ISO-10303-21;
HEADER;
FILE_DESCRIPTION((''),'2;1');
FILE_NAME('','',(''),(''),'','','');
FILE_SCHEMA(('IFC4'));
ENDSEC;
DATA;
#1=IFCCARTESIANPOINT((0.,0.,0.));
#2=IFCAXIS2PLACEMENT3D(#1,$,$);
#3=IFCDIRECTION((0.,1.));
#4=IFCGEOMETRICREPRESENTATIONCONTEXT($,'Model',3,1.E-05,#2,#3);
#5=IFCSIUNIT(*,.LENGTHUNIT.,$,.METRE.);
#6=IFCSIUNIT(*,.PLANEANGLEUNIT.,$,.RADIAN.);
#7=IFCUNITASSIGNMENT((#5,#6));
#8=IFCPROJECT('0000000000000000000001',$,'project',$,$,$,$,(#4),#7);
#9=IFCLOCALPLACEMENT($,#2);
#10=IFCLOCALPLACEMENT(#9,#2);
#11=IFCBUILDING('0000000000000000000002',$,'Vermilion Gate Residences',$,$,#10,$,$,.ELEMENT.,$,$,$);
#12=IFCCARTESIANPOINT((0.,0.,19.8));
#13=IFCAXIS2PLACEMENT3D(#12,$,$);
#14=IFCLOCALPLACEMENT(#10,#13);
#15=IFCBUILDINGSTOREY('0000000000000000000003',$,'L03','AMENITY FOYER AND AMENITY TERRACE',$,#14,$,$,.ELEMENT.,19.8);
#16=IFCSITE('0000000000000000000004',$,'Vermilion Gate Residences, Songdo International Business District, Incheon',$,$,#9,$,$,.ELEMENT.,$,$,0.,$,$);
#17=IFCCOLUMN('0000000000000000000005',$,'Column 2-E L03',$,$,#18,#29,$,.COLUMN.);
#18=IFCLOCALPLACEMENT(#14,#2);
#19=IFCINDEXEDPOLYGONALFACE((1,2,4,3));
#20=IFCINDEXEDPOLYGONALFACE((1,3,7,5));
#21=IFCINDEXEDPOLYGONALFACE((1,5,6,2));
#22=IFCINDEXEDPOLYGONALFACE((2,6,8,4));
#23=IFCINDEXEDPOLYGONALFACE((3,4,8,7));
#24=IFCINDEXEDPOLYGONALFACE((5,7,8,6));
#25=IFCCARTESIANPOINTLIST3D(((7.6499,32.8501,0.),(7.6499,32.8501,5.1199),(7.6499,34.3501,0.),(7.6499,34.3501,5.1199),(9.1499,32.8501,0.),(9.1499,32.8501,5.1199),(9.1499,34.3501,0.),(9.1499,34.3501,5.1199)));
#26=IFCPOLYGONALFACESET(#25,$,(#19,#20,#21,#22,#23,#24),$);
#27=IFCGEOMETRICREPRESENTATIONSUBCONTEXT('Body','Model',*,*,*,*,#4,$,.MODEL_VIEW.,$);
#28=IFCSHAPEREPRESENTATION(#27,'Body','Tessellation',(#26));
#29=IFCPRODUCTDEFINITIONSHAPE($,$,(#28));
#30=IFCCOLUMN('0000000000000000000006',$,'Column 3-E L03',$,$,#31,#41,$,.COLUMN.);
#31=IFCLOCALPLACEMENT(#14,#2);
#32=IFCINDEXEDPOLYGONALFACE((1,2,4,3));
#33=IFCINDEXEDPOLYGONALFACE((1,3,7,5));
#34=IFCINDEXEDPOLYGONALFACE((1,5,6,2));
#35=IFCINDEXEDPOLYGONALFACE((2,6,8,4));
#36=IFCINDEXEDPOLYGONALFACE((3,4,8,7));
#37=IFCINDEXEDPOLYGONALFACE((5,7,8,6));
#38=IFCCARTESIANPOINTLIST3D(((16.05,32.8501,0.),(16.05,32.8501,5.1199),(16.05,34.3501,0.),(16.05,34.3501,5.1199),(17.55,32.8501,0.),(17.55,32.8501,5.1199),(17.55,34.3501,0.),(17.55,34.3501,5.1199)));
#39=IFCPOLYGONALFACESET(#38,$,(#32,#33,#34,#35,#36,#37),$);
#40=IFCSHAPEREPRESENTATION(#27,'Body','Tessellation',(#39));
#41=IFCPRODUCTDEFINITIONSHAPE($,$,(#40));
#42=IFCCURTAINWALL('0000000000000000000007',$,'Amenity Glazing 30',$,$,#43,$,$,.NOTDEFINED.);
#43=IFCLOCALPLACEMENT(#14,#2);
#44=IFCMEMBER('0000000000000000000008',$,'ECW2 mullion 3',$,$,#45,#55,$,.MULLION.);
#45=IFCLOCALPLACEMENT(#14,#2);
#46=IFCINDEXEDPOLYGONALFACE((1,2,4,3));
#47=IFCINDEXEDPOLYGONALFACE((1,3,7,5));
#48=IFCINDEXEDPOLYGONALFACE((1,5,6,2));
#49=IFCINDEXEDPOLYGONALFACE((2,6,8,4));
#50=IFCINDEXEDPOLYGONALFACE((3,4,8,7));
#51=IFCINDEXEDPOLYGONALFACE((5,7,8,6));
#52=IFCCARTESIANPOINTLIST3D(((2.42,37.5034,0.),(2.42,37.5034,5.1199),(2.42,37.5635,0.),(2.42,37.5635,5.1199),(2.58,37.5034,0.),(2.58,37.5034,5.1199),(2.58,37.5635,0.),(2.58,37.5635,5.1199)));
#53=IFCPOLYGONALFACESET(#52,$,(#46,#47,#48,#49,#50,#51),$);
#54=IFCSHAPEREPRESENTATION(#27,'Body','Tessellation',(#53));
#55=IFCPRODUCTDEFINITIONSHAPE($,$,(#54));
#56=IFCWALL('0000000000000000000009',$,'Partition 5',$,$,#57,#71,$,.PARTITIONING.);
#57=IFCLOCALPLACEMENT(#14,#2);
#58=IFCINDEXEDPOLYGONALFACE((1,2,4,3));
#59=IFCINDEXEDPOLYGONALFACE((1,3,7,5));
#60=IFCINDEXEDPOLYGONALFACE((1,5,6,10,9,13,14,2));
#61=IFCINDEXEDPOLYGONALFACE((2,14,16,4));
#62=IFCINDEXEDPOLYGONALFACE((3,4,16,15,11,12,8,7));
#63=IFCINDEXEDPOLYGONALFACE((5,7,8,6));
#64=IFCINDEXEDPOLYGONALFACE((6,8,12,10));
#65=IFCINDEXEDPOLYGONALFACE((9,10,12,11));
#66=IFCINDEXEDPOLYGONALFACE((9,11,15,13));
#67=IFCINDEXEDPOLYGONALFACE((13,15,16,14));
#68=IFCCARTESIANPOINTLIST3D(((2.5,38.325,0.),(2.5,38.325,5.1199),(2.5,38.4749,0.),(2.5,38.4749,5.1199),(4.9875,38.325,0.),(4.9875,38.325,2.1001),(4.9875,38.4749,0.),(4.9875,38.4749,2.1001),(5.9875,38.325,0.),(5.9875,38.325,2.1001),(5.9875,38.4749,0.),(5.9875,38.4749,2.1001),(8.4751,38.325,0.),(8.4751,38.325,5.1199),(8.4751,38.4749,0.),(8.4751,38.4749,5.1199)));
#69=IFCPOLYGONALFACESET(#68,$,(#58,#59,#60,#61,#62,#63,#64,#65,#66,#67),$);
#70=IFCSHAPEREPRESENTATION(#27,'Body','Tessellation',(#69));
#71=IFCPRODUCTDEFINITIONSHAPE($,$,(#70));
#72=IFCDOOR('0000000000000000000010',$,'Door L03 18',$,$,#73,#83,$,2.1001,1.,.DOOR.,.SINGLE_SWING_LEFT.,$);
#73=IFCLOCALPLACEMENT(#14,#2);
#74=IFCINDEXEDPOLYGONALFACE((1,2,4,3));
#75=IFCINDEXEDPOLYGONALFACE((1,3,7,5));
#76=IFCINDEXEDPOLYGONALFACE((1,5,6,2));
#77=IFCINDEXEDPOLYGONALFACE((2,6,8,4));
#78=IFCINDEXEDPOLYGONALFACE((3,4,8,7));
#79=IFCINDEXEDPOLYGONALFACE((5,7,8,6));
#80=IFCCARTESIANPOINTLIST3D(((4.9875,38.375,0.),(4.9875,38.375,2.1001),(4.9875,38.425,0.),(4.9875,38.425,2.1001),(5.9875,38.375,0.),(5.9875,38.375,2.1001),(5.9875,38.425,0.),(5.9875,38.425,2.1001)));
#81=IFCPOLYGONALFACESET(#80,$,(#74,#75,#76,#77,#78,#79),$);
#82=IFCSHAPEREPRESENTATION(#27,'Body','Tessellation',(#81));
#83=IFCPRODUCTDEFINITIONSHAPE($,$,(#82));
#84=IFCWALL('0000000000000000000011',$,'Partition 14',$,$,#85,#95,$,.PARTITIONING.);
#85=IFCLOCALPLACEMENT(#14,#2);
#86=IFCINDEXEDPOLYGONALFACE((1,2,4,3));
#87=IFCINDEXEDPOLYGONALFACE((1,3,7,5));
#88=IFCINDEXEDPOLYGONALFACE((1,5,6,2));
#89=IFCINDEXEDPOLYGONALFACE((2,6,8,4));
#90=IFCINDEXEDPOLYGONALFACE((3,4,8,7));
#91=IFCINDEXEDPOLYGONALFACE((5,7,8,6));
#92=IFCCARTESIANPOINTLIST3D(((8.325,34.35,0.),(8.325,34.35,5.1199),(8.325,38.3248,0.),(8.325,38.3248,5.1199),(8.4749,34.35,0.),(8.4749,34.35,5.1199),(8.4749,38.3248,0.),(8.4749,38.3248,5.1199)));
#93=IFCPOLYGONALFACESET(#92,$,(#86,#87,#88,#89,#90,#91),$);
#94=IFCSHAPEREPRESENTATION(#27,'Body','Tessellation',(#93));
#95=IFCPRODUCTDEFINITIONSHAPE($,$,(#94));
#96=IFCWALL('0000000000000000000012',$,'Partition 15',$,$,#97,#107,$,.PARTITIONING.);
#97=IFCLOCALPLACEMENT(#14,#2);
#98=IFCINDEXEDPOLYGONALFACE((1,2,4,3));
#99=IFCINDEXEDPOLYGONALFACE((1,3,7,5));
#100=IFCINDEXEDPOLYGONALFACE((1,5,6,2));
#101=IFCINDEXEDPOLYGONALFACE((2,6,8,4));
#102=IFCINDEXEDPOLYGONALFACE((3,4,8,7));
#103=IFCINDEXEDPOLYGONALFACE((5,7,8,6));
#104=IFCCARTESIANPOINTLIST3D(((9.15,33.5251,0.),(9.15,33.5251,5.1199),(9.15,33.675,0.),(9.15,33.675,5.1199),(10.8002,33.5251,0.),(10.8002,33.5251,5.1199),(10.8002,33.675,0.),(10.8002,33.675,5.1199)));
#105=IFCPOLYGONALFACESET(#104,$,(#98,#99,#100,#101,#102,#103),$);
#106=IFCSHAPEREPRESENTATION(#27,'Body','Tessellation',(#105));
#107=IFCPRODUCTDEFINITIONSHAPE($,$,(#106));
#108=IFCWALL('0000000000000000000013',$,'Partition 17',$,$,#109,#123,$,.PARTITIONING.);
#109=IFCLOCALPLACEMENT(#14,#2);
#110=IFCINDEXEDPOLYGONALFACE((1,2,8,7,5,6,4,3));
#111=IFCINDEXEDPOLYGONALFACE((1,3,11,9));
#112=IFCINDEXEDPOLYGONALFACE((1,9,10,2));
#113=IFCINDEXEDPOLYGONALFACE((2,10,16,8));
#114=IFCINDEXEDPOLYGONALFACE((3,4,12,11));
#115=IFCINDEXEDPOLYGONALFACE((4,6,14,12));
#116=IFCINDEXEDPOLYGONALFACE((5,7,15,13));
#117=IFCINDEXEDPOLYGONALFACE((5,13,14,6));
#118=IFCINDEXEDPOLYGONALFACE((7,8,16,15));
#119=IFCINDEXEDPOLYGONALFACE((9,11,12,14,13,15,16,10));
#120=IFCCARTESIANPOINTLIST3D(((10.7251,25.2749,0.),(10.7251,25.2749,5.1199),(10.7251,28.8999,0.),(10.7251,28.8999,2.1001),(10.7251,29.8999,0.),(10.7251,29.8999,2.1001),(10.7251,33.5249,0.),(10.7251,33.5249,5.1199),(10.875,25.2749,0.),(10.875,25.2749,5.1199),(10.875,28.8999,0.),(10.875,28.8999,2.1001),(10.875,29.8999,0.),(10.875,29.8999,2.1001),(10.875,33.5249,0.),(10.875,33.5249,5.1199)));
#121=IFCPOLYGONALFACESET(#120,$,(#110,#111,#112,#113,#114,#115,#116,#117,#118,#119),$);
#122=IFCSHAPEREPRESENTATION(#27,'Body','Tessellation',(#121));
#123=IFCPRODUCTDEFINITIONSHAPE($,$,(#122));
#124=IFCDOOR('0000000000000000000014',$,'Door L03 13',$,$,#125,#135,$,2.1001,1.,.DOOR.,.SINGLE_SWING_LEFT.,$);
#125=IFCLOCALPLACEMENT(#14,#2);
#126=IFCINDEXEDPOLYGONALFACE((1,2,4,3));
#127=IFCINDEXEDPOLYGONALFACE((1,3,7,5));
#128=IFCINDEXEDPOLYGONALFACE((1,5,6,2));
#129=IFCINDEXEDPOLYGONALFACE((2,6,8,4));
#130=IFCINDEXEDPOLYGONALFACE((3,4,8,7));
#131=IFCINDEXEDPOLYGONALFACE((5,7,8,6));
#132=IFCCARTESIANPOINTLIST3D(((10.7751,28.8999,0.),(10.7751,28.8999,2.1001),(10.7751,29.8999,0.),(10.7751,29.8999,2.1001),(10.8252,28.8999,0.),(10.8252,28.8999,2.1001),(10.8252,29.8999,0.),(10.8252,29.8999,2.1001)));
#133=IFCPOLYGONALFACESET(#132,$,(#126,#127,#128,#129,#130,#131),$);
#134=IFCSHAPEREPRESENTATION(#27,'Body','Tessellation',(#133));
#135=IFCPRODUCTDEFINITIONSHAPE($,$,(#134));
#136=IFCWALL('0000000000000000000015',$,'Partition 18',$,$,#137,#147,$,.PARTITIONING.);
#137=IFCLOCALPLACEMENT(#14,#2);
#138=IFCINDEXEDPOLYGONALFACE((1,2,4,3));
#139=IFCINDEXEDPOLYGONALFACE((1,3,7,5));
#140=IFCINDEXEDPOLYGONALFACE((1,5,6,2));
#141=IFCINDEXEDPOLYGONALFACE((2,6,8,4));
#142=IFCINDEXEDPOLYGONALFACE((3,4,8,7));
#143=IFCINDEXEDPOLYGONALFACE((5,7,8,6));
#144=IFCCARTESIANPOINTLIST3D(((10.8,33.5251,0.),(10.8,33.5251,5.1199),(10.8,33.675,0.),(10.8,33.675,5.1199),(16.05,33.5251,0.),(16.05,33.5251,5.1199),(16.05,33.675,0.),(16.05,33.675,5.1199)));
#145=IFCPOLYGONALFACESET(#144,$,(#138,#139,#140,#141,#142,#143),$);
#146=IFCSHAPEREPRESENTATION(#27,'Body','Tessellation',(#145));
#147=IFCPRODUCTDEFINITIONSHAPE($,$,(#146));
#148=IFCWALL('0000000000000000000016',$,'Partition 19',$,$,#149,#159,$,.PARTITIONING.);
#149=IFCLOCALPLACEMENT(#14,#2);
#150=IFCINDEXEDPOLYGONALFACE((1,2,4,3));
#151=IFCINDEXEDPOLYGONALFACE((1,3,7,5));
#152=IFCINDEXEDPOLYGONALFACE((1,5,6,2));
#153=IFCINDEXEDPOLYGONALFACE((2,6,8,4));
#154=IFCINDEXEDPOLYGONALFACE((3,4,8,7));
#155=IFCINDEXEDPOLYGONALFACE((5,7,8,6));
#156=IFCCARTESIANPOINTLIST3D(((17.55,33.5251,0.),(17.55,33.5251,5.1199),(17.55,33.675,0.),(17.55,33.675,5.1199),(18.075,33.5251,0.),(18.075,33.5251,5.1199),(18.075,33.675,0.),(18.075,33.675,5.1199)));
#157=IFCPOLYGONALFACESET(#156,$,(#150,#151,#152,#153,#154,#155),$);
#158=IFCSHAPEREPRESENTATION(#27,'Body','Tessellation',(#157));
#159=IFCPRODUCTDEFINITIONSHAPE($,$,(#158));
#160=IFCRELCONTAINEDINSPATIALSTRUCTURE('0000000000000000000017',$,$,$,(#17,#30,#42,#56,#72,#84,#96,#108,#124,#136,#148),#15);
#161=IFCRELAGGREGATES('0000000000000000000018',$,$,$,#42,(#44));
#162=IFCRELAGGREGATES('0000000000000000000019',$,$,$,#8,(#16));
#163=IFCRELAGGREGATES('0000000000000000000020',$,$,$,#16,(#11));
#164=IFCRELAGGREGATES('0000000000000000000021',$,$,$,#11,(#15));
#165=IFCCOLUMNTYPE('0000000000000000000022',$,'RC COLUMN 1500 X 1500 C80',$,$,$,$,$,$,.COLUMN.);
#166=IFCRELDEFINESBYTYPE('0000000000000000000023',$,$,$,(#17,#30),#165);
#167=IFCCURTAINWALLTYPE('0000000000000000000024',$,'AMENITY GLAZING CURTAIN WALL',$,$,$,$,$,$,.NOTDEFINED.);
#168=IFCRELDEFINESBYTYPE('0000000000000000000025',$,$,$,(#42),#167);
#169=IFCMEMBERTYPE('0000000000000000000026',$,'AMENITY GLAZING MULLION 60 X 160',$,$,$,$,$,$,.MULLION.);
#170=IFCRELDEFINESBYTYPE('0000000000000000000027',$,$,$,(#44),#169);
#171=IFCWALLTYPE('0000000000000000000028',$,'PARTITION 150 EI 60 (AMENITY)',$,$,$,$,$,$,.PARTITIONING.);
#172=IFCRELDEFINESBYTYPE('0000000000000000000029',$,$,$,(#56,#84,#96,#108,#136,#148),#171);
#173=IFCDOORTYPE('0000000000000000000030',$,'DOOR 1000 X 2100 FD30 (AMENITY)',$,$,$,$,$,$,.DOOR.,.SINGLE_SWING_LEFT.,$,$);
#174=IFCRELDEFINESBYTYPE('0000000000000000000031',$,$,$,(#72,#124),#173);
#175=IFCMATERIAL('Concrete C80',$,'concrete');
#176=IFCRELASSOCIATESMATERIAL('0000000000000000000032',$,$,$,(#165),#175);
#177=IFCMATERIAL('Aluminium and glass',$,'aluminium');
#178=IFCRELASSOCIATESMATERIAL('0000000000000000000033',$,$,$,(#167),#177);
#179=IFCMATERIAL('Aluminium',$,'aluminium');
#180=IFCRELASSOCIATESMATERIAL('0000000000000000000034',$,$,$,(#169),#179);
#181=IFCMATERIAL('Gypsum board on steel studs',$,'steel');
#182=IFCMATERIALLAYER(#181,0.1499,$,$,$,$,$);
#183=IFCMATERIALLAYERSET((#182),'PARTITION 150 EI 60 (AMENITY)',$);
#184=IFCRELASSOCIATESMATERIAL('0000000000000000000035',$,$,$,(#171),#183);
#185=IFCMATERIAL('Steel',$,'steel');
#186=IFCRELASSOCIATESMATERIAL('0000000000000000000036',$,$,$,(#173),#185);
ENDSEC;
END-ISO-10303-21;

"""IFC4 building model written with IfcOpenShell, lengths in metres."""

from ifc_helpers import new_model, si_unit, direction, frame, frame_2d, origin, origin_2d, place, context, subcontext, project, spatial, rectangle, extrude, material, layer, layer_set, material_profile, profile_set, type_object, element, fill, aggregate, save


model = new_model("IFC4")

# Units and contexts
model_context = context("Model", 3, precision=1e-05, world=origin(), true_north=direction((0.0, 1.0)))
body_context = subcontext(model_context, "Body", "Model", "MODEL_VIEW")
ifc_project = project(units=[si_unit("LENGTHUNIT", "METRE"), si_unit("PLANEANGLEUNIT", "RADIAN")], contexts=[model_context])

# Site, building, storey
site_placement = place(None, origin())
site = spatial("IfcSite", under=ifc_project, at=site_placement, Name="Vermilion Gate Residences, Songdo International Business District, Incheon", CompositionType="ELEMENT", RefElevation=0.0)
building_placement = place(site_placement, origin())
building = spatial("IfcBuilding", under=site, at=building_placement, Name="Vermilion Gate Residences", CompositionType="ELEMENT")
storey_placement = place(building_placement, frame((0.0, 0.0, 19.8)))
storey = spatial("IfcBuildingStorey", under=building, at=storey_placement, Name="L03", Description="AMENITY FOYER AND AMENITY TERRACE", CompositionType="ELEMENT", Elevation=19.8)

# Columns
ifc_material_1 = material(Name="Concrete C80", Category="concrete")
ifc_material_profile_1 = material_profile(ifc_material_1, rectangle(XDim=1.5, YDim=1.5, at=origin_2d()), Name="RC-1500x1500")
ifc_profile_set_1 = profile_set([ifc_material_profile_1], Name="Concrete C80")
column_type = type_object("IfcColumnType", Name="RC COLUMN 1500 X 1500 C80", PredefinedType="COLUMN", material=ifc_profile_set_1)
for number, where, z_axis, x_axis, name in (
    (1, (8.3999, 33.6001, 0.0), (0.0, 0.0, 1.0), (1.0, 0.0, 0.0), "Column 2-E L03"),
    (2, (16.8, 33.6001, 0.0), (0.0, 0.0, 1.0), (1.0, 0.0, 0.0), "Column 3-E L03"),
):
    element("IfcColumn", number, at=place(storey_placement, frame(where, z_axis=z_axis, x_axis=x_axis)), inside=storey, type_object=column_type, Name=name, PredefinedType="COLUMN", context=body_context, shape_type="SweptSolid", body=[
        extrude(rectangle(XDim=1.5, YDim=1.5, at=origin_2d()), origin(), (0.0, 0.0, 1.0), 5.1199),
    ])

# Curtain wall, member
ifc_material_2 = material(Name="Aluminium and glass", Category="aluminium")
curtain_wall_type = type_object("IfcCurtainWallType", Name="AMENITY GLAZING CURTAIN WALL", PredefinedType="NOTDEFINED", material=ifc_material_2)
curtain_wall_placement = place(storey_placement, origin())
curtain_wall = element("IfcCurtainWall", 3, at=curtain_wall_placement, inside=storey, type_object=curtain_wall_type, Name="Amenity Glazing 30", PredefinedType="NOTDEFINED")
ifc_material_3 = material(Name="Aluminium", Category="aluminium")
ifc_material_profile_2 = material_profile(ifc_material_3, rectangle(XDim=0.1599, YDim=0.0601, at=origin_2d()), Name="MULLION 60 X 160")
ifc_profile_set_2 = profile_set([ifc_material_profile_2], Name="Aluminium")
member_type = type_object("IfcMemberType", Name="AMENITY GLAZING MULLION 60 X 160", PredefinedType="MULLION", material=ifc_profile_set_2)
member_placement = place(storey_placement, frame((2.5, 37.5334, 0.0), z_axis=(0.0, 0.0, 1.0), x_axis=(1.0, 0.0, 0.0)))
member = element("IfcMember", 4, at=member_placement, type_object=member_type, Name="ECW2 mullion 3", PredefinedType="MULLION", context=body_context, shape_type="SweptSolid", body=[
    extrude(rectangle(XDim=0.1599, YDim=0.0601, at=origin_2d()), origin(), (0.0, 0.0, 1.0), 5.1199),
])
aggregate(curtain_wall, [member])

# Wall, opening, door
ifc_material_4 = material(Name="Gypsum board on steel studs", Category="steel")
ifc_layer = layer(ifc_material_4, 0.1499)
ifc_layer_set = layer_set([ifc_layer], Name="PARTITION 150 EI 60 (AMENITY)")
wall_type = type_object("IfcWallType", Name="PARTITION 150 EI 60 (AMENITY)", PredefinedType="PARTITIONING", material=ifc_layer_set)
wall_1_placement = place(storey_placement, frame((2.5, 38.3999, 0.0), z_axis=(0.0, 0.0, 1.0), x_axis=(1.0, 0.0, 0.0)))
wall_1 = element("IfcWall", 5, at=wall_1_placement, inside=storey, type_object=wall_type, Name="Partition 5", PredefinedType="PARTITIONING", context=body_context, shape_type="SweptSolid", body=[
    extrude(rectangle(XDim=5.9751, YDim=0.1499, at=frame_2d((2.9875, 0.0))), origin(), (0.0, 0.0, 1.0), 5.1199),
])
opening_1_placement = place(wall_1_placement, frame((2.4875, 0.0, 0.0)))
opening_1 = element("IfcOpeningElement", 6, at=opening_1_placement, cuts=wall_1, PredefinedType="OPENING", context=body_context, shape_type="SweptSolid", body=[
    extrude(rectangle(XDim=1.0, YDim=2.1001, at=frame_2d((0.5, 1.05))), frame((0.0, 0.085, 0.0), z_axis=(0.0, -1.0, 0.0), x_axis=(1.0, 0.0, 0.0)), (0.0, 0.0, 1.0), 0.1699),
])
ifc_material_5 = material(Name="Steel", Category="steel")
door_type = type_object("IfcDoorType", Name="DOOR 1000 X 2100 FD30 (AMENITY)", OperationType="SINGLE_SWING_LEFT", PredefinedType="DOOR", material=ifc_material_5)
door_1_placement = place(opening_1_placement, frame((1.0, 0.0, 0.0), z_axis=(0.0, 0.0, 1.0), x_axis=(-1.0, 0.0, 0.0)))
door_1 = element("IfcDoor", 7, at=door_1_placement, inside=storey, type_object=door_type, Name="Door L03 18", OperationType="SINGLE_SWING_LEFT", OverallHeight=2.1001, OverallWidth=1.0, PredefinedType="DOOR", context=body_context, shape_type="SweptSolid", body=[
    extrude(rectangle(XDim=1.0, YDim=2.1001, at=frame_2d((0.5, 1.05))), frame((0.0, 0.0249, 0.0), z_axis=(0.0, -1.0, 0.0), x_axis=(1.0, 0.0, 0.0)), (0.0, 0.0, 1.0), 0.05),
])
fill(opening_1, door_1)

# Walls
wall_2_placement = place(storey_placement, frame((8.3999, 34.3501, 0.0), z_axis=(0.0, 0.0, 1.0), x_axis=(0.0, 1.0, 0.0)))
element("IfcWall", 8, at=wall_2_placement, inside=storey, type_object=wall_type, Name="Partition 14", PredefinedType="PARTITIONING", context=body_context, shape_type="SweptSolid", body=[
    extrude(rectangle(XDim=3.9749, YDim=0.1499, at=frame_2d((1.9873, 0.0))), origin(), (0.0, 0.0, 1.0), 5.1199),
])
wall_3_placement = place(storey_placement, frame((9.1499, 33.6001, 0.0), z_axis=(0.0, 0.0, 1.0), x_axis=(1.0, 0.0, 0.0)))
element("IfcWall", 9, at=wall_3_placement, inside=storey, type_object=wall_type, Name="Partition 15", PredefinedType="PARTITIONING", context=body_context, shape_type="SweptSolid", body=[
    extrude(rectangle(XDim=1.6501, YDim=0.1499, at=frame_2d((0.8252, 0.0))), origin(), (0.0, 0.0, 1.0), 5.1199),
])

# Wall, opening, door
wall_4_placement = place(storey_placement, frame((10.8, 25.2749, 0.0), z_axis=(0.0, 0.0, 1.0), x_axis=(0.0, 1.0, 0.0)))
wall_4 = element("IfcWall", 10, at=wall_4_placement, inside=storey, type_object=wall_type, Name="Partition 17", PredefinedType="PARTITIONING", context=body_context, shape_type="SweptSolid", body=[
    extrude(rectangle(XDim=8.25, YDim=0.1499, at=frame_2d((4.125, 0.0))), origin(), (0.0, 0.0, 1.0), 5.1199),
])
opening_2_placement = place(wall_4_placement, frame((3.625, 0.0, 0.0)))
opening_2 = element("IfcOpeningElement", 11, at=opening_2_placement, cuts=wall_4, PredefinedType="OPENING", context=body_context, shape_type="SweptSolid", body=[
    extrude(rectangle(XDim=1.0, YDim=2.1001, at=frame_2d((0.5, 1.05))), frame((0.0, 0.085, 0.0), z_axis=(0.0, -1.0, 0.0), x_axis=(1.0, 0.0, 0.0)), (0.0, 0.0, 1.0), 0.1699),
])
door_2_placement = place(opening_2_placement, origin())
door_2 = element("IfcDoor", 12, at=door_2_placement, inside=storey, type_object=door_type, Name="Door L03 13", OperationType="SINGLE_SWING_LEFT", OverallHeight=2.1001, OverallWidth=1.0, PredefinedType="DOOR", context=body_context, shape_type="SweptSolid", body=[
    extrude(rectangle(XDim=1.0, YDim=2.1001, at=frame_2d((0.5, 1.05))), frame((0.0, 0.0249, 0.0), z_axis=(0.0, -1.0, 0.0), x_axis=(1.0, 0.0, 0.0)), (0.0, 0.0, 1.0), 0.05),
])
fill(opening_2, door_2)

# Walls
wall_5_placement = place(storey_placement, frame((10.8, 33.6001, 0.0), z_axis=(0.0, 0.0, 1.0), x_axis=(1.0, 0.0, 0.0)))
element("IfcWall", 13, at=wall_5_placement, inside=storey, type_object=wall_type, Name="Partition 18", PredefinedType="PARTITIONING", context=body_context, shape_type="SweptSolid", body=[
    extrude(rectangle(XDim=5.25, YDim=0.1499, at=frame_2d((2.625, 0.0))), origin(), (0.0, 0.0, 1.0), 5.1199),
])
wall_6_placement = place(storey_placement, frame((17.55, 33.6001, 0.0), z_axis=(0.0, 0.0, 1.0), x_axis=(1.0, 0.0, 0.0)))
element("IfcWall", 14, at=wall_6_placement, inside=storey, type_object=wall_type, Name="Partition 19", PredefinedType="PARTITIONING", context=body_context, shape_type="SweptSolid", body=[
    extrude(rectangle(XDim=0.5249, YDim=0.1499, at=frame_2d((0.2625, 0.0))), origin(), (0.0, 0.0, 1.0), 5.1199),
])

save(model, "model.ifc")
